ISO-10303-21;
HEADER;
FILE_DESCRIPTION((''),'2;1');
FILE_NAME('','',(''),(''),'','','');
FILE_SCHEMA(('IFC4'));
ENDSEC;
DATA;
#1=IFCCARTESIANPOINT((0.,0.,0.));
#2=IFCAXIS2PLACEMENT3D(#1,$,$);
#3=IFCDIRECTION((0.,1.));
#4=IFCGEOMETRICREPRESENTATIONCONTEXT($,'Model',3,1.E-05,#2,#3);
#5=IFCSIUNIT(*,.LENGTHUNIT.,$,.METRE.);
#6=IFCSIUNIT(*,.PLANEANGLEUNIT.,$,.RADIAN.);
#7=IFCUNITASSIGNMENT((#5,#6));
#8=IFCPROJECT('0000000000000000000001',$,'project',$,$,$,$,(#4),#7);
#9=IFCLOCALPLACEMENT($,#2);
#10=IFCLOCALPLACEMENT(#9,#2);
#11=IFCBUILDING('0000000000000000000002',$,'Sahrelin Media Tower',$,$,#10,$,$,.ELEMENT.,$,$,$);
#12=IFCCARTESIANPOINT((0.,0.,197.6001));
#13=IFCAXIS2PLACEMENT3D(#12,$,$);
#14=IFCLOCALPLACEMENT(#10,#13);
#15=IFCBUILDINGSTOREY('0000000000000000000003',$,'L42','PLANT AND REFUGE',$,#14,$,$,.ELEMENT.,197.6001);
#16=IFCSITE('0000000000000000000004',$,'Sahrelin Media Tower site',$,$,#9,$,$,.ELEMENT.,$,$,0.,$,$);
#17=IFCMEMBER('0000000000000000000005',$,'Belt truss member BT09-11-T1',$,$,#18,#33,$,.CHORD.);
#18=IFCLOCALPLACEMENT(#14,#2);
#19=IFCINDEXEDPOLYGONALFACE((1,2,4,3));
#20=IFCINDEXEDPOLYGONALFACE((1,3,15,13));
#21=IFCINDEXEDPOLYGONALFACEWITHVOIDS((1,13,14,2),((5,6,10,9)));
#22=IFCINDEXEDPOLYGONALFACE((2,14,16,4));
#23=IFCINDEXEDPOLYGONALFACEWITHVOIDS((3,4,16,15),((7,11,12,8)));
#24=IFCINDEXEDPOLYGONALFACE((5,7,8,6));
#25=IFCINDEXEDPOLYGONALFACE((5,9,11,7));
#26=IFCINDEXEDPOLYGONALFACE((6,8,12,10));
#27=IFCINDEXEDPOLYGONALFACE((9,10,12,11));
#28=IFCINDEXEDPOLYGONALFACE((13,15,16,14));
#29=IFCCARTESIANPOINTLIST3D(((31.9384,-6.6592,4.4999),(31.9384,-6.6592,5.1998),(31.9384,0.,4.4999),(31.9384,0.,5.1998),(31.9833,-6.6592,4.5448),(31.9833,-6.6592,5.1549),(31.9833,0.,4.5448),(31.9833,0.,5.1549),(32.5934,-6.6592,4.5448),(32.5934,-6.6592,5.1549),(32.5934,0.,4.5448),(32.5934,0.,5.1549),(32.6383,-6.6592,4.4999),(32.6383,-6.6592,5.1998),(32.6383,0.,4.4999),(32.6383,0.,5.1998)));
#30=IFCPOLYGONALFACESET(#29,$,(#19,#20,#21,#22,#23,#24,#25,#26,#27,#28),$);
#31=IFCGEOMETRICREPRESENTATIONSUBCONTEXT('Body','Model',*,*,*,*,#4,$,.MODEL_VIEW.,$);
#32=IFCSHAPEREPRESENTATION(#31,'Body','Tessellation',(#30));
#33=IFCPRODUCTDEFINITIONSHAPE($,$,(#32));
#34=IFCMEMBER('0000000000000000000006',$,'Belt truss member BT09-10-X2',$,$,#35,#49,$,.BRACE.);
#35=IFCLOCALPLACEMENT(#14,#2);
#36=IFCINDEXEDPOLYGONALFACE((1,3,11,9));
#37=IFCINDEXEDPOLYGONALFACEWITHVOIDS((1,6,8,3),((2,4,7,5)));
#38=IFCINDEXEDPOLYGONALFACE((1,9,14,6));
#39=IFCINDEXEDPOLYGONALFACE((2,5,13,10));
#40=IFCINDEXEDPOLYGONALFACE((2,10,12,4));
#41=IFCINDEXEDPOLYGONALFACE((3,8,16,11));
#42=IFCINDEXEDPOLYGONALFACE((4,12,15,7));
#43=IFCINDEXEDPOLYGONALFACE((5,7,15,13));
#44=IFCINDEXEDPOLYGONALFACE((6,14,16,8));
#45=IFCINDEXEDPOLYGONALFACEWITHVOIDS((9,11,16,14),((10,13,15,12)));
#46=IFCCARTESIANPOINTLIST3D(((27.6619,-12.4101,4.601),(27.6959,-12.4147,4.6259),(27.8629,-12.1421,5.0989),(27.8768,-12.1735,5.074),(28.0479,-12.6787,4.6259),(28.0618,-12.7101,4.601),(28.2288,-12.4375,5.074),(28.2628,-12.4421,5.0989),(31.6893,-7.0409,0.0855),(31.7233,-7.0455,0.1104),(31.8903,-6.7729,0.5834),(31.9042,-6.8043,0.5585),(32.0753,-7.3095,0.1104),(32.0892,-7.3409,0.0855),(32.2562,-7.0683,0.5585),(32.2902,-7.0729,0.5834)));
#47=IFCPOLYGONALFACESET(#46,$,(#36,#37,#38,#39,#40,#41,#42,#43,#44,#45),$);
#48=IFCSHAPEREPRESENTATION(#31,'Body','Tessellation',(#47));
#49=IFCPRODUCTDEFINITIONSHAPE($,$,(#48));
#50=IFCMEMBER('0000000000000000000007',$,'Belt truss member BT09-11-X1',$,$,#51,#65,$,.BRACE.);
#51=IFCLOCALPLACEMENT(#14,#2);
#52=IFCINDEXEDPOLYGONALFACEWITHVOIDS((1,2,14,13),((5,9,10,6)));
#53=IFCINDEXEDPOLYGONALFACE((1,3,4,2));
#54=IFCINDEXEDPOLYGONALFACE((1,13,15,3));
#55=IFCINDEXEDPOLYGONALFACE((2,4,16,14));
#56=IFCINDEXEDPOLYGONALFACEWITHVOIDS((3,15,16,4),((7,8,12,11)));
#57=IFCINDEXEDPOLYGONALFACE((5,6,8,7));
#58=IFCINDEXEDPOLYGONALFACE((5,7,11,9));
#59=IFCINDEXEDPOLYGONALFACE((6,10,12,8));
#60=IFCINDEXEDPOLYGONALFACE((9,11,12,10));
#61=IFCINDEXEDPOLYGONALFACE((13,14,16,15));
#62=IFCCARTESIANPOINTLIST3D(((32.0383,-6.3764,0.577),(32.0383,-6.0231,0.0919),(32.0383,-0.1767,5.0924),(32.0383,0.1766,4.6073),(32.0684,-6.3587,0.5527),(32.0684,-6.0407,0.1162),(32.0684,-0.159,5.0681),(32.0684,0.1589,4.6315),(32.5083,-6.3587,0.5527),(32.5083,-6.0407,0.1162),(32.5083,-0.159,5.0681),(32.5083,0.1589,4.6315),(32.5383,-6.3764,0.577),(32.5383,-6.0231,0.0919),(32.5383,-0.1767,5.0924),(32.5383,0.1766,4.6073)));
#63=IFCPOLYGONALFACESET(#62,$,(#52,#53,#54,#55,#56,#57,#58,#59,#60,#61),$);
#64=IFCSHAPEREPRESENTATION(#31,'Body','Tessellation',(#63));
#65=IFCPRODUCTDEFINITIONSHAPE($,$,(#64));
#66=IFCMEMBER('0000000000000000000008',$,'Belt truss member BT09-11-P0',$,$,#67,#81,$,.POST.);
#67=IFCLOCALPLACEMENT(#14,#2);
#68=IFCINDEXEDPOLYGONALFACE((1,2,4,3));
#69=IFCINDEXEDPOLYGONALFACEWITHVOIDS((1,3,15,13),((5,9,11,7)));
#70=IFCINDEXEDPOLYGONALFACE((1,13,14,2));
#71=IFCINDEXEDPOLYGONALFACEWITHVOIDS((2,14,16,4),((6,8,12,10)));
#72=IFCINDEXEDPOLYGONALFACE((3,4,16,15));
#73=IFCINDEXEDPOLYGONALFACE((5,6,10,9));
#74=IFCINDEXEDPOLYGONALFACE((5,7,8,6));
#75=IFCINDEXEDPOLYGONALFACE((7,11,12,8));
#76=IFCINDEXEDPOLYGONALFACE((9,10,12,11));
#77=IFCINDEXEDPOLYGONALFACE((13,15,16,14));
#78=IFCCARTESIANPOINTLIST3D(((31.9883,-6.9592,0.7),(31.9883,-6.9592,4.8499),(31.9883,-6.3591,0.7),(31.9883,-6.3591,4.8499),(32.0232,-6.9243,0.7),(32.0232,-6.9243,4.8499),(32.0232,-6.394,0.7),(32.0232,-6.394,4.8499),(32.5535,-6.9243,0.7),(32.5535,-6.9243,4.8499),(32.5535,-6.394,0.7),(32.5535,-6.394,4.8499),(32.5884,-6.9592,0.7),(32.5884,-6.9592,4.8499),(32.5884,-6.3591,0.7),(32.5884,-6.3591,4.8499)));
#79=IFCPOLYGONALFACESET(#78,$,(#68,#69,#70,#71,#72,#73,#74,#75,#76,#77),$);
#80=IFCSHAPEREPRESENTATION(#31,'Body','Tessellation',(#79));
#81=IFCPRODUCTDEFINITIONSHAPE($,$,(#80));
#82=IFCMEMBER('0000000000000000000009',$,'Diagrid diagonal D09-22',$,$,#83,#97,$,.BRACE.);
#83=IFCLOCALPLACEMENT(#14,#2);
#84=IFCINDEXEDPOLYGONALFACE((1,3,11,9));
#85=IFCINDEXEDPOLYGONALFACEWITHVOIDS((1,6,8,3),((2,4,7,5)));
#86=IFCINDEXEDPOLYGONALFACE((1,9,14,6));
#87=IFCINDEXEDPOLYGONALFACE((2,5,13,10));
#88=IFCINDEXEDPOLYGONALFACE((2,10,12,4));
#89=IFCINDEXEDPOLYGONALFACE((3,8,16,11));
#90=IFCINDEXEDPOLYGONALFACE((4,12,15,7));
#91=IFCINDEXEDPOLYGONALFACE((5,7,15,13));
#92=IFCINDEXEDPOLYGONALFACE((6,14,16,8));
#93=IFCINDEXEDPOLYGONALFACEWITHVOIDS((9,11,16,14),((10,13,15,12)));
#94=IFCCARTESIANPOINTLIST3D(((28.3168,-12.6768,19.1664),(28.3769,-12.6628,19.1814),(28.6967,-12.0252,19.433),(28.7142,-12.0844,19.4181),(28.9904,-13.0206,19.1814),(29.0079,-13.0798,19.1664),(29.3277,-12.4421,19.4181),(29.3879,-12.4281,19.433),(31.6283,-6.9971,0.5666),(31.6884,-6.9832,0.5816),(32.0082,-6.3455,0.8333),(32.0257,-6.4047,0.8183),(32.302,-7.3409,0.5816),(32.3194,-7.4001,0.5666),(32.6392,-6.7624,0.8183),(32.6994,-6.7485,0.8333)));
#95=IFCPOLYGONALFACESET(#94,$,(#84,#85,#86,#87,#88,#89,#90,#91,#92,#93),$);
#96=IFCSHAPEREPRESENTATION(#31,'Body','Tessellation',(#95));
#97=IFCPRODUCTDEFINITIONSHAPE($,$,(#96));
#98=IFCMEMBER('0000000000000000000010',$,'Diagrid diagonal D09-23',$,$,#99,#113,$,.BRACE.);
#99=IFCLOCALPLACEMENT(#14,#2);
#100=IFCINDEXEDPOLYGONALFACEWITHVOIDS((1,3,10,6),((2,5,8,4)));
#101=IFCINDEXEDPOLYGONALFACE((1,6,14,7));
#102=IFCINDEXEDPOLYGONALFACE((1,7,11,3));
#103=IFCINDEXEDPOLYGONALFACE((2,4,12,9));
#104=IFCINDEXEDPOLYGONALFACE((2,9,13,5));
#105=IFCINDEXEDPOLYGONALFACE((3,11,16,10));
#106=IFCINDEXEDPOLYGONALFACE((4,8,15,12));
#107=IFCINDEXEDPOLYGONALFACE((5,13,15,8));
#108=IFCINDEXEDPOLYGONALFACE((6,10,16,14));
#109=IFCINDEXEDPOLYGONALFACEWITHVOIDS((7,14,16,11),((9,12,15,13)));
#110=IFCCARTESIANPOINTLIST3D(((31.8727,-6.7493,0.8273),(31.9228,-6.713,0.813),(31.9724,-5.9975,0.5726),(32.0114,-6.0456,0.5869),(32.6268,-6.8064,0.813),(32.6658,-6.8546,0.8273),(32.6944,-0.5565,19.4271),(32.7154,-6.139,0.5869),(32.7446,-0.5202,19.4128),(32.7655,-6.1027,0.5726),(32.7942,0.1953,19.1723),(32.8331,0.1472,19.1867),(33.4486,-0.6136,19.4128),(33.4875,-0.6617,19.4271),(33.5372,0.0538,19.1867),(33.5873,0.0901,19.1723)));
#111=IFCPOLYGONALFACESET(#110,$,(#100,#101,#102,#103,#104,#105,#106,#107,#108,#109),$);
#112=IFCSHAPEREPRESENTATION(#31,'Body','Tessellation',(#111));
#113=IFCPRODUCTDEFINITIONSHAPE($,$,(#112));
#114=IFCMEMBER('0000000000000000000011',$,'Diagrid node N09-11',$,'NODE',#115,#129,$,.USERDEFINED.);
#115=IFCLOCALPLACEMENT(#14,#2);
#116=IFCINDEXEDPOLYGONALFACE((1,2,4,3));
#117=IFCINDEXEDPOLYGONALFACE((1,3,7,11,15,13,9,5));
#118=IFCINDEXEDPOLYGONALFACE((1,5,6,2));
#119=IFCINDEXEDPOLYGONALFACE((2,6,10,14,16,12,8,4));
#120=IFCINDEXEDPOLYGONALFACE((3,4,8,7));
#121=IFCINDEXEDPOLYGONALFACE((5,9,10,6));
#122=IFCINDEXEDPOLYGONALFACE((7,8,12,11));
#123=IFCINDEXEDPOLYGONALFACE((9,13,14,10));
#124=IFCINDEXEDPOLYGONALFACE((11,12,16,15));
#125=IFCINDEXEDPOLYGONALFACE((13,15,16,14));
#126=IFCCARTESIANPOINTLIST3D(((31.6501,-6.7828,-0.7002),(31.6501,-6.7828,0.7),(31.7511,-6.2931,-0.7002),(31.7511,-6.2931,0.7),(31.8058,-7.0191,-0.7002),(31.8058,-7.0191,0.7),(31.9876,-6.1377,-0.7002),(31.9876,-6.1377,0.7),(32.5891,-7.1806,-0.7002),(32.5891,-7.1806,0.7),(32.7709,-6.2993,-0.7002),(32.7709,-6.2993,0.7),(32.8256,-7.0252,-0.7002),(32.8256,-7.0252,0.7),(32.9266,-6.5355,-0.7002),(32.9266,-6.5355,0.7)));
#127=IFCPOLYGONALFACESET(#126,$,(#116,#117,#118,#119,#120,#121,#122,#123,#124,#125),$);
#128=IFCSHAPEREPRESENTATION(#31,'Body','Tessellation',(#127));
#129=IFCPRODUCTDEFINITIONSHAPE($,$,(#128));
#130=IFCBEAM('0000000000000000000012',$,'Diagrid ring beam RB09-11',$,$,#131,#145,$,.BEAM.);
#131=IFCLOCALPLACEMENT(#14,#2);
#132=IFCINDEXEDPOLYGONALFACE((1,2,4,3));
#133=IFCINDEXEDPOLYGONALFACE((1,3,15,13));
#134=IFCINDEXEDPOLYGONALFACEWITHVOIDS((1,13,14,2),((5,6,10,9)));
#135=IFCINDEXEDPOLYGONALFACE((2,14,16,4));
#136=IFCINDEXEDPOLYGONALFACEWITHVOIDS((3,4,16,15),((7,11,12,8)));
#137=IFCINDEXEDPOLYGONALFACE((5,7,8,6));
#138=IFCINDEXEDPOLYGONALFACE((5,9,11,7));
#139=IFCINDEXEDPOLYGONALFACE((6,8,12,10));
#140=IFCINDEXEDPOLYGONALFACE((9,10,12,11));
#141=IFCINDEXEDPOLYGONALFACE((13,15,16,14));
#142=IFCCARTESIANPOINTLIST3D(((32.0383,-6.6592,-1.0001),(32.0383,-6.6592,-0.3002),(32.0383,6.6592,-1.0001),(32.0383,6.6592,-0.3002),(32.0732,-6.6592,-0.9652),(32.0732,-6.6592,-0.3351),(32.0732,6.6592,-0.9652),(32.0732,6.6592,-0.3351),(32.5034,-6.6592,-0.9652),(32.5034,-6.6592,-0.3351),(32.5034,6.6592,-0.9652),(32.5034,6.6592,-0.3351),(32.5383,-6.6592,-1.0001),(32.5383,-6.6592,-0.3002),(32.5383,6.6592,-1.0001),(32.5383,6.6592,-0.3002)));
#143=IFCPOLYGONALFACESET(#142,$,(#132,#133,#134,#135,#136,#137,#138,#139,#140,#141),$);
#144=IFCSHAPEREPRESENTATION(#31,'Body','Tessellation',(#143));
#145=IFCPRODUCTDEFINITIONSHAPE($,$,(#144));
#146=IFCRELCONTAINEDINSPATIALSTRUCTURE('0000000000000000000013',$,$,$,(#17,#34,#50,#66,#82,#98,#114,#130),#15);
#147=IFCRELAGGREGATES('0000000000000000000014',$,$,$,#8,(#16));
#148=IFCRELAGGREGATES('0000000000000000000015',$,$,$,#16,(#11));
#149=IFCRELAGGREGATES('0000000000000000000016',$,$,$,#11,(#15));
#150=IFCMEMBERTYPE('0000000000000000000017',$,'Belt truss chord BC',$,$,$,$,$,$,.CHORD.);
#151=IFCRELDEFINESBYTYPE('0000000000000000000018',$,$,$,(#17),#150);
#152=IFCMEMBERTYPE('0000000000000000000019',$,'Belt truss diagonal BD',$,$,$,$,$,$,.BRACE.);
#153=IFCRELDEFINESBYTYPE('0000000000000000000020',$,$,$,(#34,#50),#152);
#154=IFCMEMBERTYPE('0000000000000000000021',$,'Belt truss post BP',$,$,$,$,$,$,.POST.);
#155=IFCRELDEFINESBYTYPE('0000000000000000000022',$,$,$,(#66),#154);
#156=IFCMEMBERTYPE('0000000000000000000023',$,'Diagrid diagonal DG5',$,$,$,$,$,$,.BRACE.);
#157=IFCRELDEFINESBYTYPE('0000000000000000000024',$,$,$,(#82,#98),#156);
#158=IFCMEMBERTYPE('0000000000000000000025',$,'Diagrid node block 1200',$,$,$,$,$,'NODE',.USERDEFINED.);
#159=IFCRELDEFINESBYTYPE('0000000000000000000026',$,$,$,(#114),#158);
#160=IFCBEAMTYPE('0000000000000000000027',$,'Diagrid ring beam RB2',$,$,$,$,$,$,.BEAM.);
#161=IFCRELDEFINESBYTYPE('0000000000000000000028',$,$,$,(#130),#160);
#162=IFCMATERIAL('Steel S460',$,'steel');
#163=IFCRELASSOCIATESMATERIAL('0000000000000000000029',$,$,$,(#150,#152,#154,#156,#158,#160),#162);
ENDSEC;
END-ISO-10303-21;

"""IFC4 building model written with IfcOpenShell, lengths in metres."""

from ifc_helpers import new_model, si_unit, direction, frame, origin, origin_2d, place, context, subcontext, project, spatial, polyline, hollow_rectangle, outline, extrude, material, material_profile, profile_set, type_object, element, save


model = new_model("IFC4")

# Units and contexts
model_context = context("Model", 3, precision=1e-05, world=origin(), true_north=direction((0.0, 1.0)))
body_context = subcontext(model_context, "Body", "Model", "MODEL_VIEW")
ifc_project = project(units=[si_unit("LENGTHUNIT", "METRE"), si_unit("PLANEANGLEUNIT", "RADIAN")], contexts=[model_context])

# Site, building, storey
site_placement = place(None, origin())
site = spatial("IfcSite", under=ifc_project, at=site_placement, Name="Sahrelin Media Tower site", CompositionType="ELEMENT", RefElevation=0.0)
building_placement = place(site_placement, origin())
building = spatial("IfcBuilding", under=site, at=building_placement, Name="Sahrelin Media Tower", CompositionType="ELEMENT")
storey_placement = place(building_placement, frame((0.0, 0.0, 197.6001)))
storey = spatial("IfcBuildingStorey", under=building, at=storey_placement, Name="L42", Description="PLANT AND REFUGE", CompositionType="ELEMENT", Elevation=197.6001)

# Members
ifc_material_1 = material(Name="Steel S460", Category="steel")
ifc_material_profile_1 = material_profile(ifc_material_1, hollow_rectangle(XDim=0.7, YDim=0.7, WallThickness=0.0449, at=origin_2d()), Name="Belt truss chord BC")
ifc_profile_set_1 = profile_set([ifc_material_profile_1], Name="Steel S460")
member_type_1 = type_object("IfcMemberType", Name="Belt truss chord BC", PredefinedType="CHORD", material=ifc_profile_set_1)
member_1_placement = place(storey_placement, frame((32.2883, -6.6592, 4.8499), z_axis=(0.0, 1.0, 0.0), x_axis=(-1.0, 0.0, 0.0)))
element("IfcMember", 1, at=member_1_placement, inside=storey, type_object=member_type_1, Name="Belt truss member BT09-11-T1", PredefinedType="CHORD", context=body_context, shape_type="SweptSolid", body=[
    extrude(hollow_rectangle(XDim=0.7, YDim=0.7, WallThickness=0.0449, at=origin_2d()), origin(), (0.0, 0.0, 1.0), 6.6592),
])
ifc_material_profile_2 = material_profile(ifc_material_1, hollow_rectangle(XDim=0.5, YDim=0.6001, WallThickness=0.03, at=origin_2d()), Name="Belt truss diagonal BD")
ifc_profile_set_2 = profile_set([ifc_material_profile_2], Name="Steel S460")
member_type_2 = type_object("IfcMemberType", Name="Belt truss diagonal BD", PredefinedType="BRACE", material=ifc_profile_set_2)
member_2_placement = place(storey_placement, frame((31.9897, -7.0569, 0.3345), z_axis=(-0.497864, -0.663738, 0.558196), x_axis=(0.799965, -0.600047, 0.0)))
element("IfcMember", 2, at=member_2_placement, inside=storey, type_object=member_type_2, Name="Belt truss member BT09-10-X2", PredefinedType="BRACE", context=body_context, shape_type="SweptSolid", body=[
    extrude(hollow_rectangle(XDim=0.5, YDim=0.6001, WallThickness=0.03, at=origin_2d()), origin(), (0.0, 0.0, 1.0), 8.0894),
])
member_3_placement = place(storey_placement, frame((32.2883, -6.1997, 0.3345), z_axis=(0.0, 0.808333, 0.588726), x_axis=(-1.0, 0.0, 0.0)))
element("IfcMember", 3, at=member_3_placement, inside=storey, type_object=member_type_2, Name="Belt truss member BT09-11-X1", PredefinedType="BRACE", context=body_context, shape_type="SweptSolid", body=[
    extrude(hollow_rectangle(XDim=0.5, YDim=0.6001, WallThickness=0.03, at=origin_2d()), origin(), (0.0, 0.0, 1.0), 7.6697),
])
ifc_material_profile_3 = material_profile(ifc_material_1, hollow_rectangle(XDim=0.6001, YDim=0.6001, WallThickness=0.0349, at=origin_2d()), Name="Belt truss post BP")
ifc_profile_set_3 = profile_set([ifc_material_profile_3], Name="Steel S460")
member_type_3 = type_object("IfcMemberType", Name="Belt truss post BP", PredefinedType="POST", material=ifc_profile_set_3)
member_4_placement = place(storey_placement, frame((32.2883, -6.6592, 0.7), z_axis=(0.0, 0.0, 1.0), x_axis=(1.0, 0.0, 0.0)))
element("IfcMember", 4, at=member_4_placement, inside=storey, type_object=member_type_3, Name="Belt truss member BT09-11-P0", PredefinedType="POST", context=body_context, shape_type="SweptSolid", body=[
    extrude(hollow_rectangle(XDim=0.6001, YDim=0.6001, WallThickness=0.0349, at=origin_2d()), origin(), (0.0, 0.0, 1.0), 4.1499),
])
ifc_material_profile_4 = material_profile(ifc_material_1, hollow_rectangle(XDim=0.8, YDim=0.8, WallThickness=0.0449, at=origin_2d()), Name="Diagrid diagonal DG5")
ifc_profile_set_4 = profile_set([ifc_material_profile_4], Name="Steel S460")
member_type_4 = type_object("IfcMemberType", Name="Diagrid diagonal DG5", PredefinedType="BRACE", material=ifc_profile_set_4)
member_5_placement = place(storey_placement, frame((32.1638, -6.8728, 0.7), z_axis=(-0.167862, -0.287905, 0.942832), x_axis=(0.863887, -0.503686, 0.0)))
element("IfcMember", 5, at=member_5_placement, inside=storey, type_object=member_type_4, Name="Diagrid diagonal D09-22", PredefinedType="BRACE", context=body_context, shape_type="SweptSolid", body=[
    extrude(hollow_rectangle(XDim=0.8, YDim=0.8, WallThickness=0.0449, at=origin_2d()), origin(), (0.0, 0.0, 1.0), 19.7275),
])
member_6_placement = place(storey_placement, frame((32.3191, -6.426, 0.7), z_axis=(0.041883, 0.315626, 0.947959), x_axis=(-0.99131, 0.131544, 0.0)))
element("IfcMember", 6, at=member_6_placement, inside=storey, type_object=member_type_4, Name="Diagrid diagonal D09-23", PredefinedType="BRACE", context=body_context, shape_type="SweptSolid", body=[
    extrude(hollow_rectangle(XDim=0.8, YDim=0.8, WallThickness=0.0449, at=origin_2d()), origin(), (0.0, 0.0, 1.0), 19.6208),
])
ifc_material_profile_5 = material_profile(ifc_material_1, outline(polyline([(0.3999, -0.45), (0.6001, -0.25), (0.6001, 0.25), (0.3999, 0.45), (-0.3999, 0.45), (-0.6001, 0.25), (-0.6001, -0.25), (-0.3999, -0.45), (0.3999, -0.45)])), Name="Diagrid node block 1200")
ifc_profile_set_5 = profile_set([ifc_material_profile_5], Name="Steel S460")
member_type_5 = type_object("IfcMemberType", Name="Diagrid node block 1200", ElementType="NODE", PredefinedType="USERDEFINED", material=ifc_profile_set_5)
member_7_placement = place(storey_placement, frame((32.2883, -6.6592, -0.7002), z_axis=(0.0, 0.0, 1.0), x_axis=(0.979388, -0.201987, 0.0)))
element("IfcMember", 7, at=member_7_placement, inside=storey, type_object=member_type_5, Name="Diagrid node N09-11", ObjectType="NODE", PredefinedType="USERDEFINED", context=body_context, shape_type="SweptSolid", body=[
    extrude(outline(polyline([(0.3999, -0.45), (0.6001, -0.25), (0.6001, 0.25), (0.3999, 0.45), (-0.3999, 0.45), (-0.6001, 0.25), (-0.6001, -0.25), (-0.3999, -0.45), (0.3999, -0.45)])), origin(), (0.0, 0.0, 1.0), 1.4001),
])

# Beam
ifc_material_profile_6 = material_profile(ifc_material_1, hollow_rectangle(XDim=0.5, YDim=0.7, WallThickness=0.0349, at=origin_2d()), Name="Diagrid ring beam RB2")
ifc_profile_set_6 = profile_set([ifc_material_profile_6], Name="Steel S460")
beam_type_1 = type_object("IfcBeamType", Name="Diagrid ring beam RB2", PredefinedType="BEAM", material=ifc_profile_set_6)
beam_1_placement = place(storey_placement, frame((32.2883, -6.6592, -0.6501), z_axis=(0.0, 1.0, 0.0), x_axis=(-1.0, 0.0, 0.0)))
element("IfcBeam", 8, at=beam_1_placement, inside=storey, type_object=beam_type_1, Name="Diagrid ring beam RB09-11", PredefinedType="BEAM", context=body_context, shape_type="SweptSolid", body=[
    extrude(hollow_rectangle(XDim=0.5, YDim=0.7, WallThickness=0.0349, at=origin_2d()), origin(), (0.0, 0.0, 1.0), 13.3184),
])

save(model, "model.ifc")
